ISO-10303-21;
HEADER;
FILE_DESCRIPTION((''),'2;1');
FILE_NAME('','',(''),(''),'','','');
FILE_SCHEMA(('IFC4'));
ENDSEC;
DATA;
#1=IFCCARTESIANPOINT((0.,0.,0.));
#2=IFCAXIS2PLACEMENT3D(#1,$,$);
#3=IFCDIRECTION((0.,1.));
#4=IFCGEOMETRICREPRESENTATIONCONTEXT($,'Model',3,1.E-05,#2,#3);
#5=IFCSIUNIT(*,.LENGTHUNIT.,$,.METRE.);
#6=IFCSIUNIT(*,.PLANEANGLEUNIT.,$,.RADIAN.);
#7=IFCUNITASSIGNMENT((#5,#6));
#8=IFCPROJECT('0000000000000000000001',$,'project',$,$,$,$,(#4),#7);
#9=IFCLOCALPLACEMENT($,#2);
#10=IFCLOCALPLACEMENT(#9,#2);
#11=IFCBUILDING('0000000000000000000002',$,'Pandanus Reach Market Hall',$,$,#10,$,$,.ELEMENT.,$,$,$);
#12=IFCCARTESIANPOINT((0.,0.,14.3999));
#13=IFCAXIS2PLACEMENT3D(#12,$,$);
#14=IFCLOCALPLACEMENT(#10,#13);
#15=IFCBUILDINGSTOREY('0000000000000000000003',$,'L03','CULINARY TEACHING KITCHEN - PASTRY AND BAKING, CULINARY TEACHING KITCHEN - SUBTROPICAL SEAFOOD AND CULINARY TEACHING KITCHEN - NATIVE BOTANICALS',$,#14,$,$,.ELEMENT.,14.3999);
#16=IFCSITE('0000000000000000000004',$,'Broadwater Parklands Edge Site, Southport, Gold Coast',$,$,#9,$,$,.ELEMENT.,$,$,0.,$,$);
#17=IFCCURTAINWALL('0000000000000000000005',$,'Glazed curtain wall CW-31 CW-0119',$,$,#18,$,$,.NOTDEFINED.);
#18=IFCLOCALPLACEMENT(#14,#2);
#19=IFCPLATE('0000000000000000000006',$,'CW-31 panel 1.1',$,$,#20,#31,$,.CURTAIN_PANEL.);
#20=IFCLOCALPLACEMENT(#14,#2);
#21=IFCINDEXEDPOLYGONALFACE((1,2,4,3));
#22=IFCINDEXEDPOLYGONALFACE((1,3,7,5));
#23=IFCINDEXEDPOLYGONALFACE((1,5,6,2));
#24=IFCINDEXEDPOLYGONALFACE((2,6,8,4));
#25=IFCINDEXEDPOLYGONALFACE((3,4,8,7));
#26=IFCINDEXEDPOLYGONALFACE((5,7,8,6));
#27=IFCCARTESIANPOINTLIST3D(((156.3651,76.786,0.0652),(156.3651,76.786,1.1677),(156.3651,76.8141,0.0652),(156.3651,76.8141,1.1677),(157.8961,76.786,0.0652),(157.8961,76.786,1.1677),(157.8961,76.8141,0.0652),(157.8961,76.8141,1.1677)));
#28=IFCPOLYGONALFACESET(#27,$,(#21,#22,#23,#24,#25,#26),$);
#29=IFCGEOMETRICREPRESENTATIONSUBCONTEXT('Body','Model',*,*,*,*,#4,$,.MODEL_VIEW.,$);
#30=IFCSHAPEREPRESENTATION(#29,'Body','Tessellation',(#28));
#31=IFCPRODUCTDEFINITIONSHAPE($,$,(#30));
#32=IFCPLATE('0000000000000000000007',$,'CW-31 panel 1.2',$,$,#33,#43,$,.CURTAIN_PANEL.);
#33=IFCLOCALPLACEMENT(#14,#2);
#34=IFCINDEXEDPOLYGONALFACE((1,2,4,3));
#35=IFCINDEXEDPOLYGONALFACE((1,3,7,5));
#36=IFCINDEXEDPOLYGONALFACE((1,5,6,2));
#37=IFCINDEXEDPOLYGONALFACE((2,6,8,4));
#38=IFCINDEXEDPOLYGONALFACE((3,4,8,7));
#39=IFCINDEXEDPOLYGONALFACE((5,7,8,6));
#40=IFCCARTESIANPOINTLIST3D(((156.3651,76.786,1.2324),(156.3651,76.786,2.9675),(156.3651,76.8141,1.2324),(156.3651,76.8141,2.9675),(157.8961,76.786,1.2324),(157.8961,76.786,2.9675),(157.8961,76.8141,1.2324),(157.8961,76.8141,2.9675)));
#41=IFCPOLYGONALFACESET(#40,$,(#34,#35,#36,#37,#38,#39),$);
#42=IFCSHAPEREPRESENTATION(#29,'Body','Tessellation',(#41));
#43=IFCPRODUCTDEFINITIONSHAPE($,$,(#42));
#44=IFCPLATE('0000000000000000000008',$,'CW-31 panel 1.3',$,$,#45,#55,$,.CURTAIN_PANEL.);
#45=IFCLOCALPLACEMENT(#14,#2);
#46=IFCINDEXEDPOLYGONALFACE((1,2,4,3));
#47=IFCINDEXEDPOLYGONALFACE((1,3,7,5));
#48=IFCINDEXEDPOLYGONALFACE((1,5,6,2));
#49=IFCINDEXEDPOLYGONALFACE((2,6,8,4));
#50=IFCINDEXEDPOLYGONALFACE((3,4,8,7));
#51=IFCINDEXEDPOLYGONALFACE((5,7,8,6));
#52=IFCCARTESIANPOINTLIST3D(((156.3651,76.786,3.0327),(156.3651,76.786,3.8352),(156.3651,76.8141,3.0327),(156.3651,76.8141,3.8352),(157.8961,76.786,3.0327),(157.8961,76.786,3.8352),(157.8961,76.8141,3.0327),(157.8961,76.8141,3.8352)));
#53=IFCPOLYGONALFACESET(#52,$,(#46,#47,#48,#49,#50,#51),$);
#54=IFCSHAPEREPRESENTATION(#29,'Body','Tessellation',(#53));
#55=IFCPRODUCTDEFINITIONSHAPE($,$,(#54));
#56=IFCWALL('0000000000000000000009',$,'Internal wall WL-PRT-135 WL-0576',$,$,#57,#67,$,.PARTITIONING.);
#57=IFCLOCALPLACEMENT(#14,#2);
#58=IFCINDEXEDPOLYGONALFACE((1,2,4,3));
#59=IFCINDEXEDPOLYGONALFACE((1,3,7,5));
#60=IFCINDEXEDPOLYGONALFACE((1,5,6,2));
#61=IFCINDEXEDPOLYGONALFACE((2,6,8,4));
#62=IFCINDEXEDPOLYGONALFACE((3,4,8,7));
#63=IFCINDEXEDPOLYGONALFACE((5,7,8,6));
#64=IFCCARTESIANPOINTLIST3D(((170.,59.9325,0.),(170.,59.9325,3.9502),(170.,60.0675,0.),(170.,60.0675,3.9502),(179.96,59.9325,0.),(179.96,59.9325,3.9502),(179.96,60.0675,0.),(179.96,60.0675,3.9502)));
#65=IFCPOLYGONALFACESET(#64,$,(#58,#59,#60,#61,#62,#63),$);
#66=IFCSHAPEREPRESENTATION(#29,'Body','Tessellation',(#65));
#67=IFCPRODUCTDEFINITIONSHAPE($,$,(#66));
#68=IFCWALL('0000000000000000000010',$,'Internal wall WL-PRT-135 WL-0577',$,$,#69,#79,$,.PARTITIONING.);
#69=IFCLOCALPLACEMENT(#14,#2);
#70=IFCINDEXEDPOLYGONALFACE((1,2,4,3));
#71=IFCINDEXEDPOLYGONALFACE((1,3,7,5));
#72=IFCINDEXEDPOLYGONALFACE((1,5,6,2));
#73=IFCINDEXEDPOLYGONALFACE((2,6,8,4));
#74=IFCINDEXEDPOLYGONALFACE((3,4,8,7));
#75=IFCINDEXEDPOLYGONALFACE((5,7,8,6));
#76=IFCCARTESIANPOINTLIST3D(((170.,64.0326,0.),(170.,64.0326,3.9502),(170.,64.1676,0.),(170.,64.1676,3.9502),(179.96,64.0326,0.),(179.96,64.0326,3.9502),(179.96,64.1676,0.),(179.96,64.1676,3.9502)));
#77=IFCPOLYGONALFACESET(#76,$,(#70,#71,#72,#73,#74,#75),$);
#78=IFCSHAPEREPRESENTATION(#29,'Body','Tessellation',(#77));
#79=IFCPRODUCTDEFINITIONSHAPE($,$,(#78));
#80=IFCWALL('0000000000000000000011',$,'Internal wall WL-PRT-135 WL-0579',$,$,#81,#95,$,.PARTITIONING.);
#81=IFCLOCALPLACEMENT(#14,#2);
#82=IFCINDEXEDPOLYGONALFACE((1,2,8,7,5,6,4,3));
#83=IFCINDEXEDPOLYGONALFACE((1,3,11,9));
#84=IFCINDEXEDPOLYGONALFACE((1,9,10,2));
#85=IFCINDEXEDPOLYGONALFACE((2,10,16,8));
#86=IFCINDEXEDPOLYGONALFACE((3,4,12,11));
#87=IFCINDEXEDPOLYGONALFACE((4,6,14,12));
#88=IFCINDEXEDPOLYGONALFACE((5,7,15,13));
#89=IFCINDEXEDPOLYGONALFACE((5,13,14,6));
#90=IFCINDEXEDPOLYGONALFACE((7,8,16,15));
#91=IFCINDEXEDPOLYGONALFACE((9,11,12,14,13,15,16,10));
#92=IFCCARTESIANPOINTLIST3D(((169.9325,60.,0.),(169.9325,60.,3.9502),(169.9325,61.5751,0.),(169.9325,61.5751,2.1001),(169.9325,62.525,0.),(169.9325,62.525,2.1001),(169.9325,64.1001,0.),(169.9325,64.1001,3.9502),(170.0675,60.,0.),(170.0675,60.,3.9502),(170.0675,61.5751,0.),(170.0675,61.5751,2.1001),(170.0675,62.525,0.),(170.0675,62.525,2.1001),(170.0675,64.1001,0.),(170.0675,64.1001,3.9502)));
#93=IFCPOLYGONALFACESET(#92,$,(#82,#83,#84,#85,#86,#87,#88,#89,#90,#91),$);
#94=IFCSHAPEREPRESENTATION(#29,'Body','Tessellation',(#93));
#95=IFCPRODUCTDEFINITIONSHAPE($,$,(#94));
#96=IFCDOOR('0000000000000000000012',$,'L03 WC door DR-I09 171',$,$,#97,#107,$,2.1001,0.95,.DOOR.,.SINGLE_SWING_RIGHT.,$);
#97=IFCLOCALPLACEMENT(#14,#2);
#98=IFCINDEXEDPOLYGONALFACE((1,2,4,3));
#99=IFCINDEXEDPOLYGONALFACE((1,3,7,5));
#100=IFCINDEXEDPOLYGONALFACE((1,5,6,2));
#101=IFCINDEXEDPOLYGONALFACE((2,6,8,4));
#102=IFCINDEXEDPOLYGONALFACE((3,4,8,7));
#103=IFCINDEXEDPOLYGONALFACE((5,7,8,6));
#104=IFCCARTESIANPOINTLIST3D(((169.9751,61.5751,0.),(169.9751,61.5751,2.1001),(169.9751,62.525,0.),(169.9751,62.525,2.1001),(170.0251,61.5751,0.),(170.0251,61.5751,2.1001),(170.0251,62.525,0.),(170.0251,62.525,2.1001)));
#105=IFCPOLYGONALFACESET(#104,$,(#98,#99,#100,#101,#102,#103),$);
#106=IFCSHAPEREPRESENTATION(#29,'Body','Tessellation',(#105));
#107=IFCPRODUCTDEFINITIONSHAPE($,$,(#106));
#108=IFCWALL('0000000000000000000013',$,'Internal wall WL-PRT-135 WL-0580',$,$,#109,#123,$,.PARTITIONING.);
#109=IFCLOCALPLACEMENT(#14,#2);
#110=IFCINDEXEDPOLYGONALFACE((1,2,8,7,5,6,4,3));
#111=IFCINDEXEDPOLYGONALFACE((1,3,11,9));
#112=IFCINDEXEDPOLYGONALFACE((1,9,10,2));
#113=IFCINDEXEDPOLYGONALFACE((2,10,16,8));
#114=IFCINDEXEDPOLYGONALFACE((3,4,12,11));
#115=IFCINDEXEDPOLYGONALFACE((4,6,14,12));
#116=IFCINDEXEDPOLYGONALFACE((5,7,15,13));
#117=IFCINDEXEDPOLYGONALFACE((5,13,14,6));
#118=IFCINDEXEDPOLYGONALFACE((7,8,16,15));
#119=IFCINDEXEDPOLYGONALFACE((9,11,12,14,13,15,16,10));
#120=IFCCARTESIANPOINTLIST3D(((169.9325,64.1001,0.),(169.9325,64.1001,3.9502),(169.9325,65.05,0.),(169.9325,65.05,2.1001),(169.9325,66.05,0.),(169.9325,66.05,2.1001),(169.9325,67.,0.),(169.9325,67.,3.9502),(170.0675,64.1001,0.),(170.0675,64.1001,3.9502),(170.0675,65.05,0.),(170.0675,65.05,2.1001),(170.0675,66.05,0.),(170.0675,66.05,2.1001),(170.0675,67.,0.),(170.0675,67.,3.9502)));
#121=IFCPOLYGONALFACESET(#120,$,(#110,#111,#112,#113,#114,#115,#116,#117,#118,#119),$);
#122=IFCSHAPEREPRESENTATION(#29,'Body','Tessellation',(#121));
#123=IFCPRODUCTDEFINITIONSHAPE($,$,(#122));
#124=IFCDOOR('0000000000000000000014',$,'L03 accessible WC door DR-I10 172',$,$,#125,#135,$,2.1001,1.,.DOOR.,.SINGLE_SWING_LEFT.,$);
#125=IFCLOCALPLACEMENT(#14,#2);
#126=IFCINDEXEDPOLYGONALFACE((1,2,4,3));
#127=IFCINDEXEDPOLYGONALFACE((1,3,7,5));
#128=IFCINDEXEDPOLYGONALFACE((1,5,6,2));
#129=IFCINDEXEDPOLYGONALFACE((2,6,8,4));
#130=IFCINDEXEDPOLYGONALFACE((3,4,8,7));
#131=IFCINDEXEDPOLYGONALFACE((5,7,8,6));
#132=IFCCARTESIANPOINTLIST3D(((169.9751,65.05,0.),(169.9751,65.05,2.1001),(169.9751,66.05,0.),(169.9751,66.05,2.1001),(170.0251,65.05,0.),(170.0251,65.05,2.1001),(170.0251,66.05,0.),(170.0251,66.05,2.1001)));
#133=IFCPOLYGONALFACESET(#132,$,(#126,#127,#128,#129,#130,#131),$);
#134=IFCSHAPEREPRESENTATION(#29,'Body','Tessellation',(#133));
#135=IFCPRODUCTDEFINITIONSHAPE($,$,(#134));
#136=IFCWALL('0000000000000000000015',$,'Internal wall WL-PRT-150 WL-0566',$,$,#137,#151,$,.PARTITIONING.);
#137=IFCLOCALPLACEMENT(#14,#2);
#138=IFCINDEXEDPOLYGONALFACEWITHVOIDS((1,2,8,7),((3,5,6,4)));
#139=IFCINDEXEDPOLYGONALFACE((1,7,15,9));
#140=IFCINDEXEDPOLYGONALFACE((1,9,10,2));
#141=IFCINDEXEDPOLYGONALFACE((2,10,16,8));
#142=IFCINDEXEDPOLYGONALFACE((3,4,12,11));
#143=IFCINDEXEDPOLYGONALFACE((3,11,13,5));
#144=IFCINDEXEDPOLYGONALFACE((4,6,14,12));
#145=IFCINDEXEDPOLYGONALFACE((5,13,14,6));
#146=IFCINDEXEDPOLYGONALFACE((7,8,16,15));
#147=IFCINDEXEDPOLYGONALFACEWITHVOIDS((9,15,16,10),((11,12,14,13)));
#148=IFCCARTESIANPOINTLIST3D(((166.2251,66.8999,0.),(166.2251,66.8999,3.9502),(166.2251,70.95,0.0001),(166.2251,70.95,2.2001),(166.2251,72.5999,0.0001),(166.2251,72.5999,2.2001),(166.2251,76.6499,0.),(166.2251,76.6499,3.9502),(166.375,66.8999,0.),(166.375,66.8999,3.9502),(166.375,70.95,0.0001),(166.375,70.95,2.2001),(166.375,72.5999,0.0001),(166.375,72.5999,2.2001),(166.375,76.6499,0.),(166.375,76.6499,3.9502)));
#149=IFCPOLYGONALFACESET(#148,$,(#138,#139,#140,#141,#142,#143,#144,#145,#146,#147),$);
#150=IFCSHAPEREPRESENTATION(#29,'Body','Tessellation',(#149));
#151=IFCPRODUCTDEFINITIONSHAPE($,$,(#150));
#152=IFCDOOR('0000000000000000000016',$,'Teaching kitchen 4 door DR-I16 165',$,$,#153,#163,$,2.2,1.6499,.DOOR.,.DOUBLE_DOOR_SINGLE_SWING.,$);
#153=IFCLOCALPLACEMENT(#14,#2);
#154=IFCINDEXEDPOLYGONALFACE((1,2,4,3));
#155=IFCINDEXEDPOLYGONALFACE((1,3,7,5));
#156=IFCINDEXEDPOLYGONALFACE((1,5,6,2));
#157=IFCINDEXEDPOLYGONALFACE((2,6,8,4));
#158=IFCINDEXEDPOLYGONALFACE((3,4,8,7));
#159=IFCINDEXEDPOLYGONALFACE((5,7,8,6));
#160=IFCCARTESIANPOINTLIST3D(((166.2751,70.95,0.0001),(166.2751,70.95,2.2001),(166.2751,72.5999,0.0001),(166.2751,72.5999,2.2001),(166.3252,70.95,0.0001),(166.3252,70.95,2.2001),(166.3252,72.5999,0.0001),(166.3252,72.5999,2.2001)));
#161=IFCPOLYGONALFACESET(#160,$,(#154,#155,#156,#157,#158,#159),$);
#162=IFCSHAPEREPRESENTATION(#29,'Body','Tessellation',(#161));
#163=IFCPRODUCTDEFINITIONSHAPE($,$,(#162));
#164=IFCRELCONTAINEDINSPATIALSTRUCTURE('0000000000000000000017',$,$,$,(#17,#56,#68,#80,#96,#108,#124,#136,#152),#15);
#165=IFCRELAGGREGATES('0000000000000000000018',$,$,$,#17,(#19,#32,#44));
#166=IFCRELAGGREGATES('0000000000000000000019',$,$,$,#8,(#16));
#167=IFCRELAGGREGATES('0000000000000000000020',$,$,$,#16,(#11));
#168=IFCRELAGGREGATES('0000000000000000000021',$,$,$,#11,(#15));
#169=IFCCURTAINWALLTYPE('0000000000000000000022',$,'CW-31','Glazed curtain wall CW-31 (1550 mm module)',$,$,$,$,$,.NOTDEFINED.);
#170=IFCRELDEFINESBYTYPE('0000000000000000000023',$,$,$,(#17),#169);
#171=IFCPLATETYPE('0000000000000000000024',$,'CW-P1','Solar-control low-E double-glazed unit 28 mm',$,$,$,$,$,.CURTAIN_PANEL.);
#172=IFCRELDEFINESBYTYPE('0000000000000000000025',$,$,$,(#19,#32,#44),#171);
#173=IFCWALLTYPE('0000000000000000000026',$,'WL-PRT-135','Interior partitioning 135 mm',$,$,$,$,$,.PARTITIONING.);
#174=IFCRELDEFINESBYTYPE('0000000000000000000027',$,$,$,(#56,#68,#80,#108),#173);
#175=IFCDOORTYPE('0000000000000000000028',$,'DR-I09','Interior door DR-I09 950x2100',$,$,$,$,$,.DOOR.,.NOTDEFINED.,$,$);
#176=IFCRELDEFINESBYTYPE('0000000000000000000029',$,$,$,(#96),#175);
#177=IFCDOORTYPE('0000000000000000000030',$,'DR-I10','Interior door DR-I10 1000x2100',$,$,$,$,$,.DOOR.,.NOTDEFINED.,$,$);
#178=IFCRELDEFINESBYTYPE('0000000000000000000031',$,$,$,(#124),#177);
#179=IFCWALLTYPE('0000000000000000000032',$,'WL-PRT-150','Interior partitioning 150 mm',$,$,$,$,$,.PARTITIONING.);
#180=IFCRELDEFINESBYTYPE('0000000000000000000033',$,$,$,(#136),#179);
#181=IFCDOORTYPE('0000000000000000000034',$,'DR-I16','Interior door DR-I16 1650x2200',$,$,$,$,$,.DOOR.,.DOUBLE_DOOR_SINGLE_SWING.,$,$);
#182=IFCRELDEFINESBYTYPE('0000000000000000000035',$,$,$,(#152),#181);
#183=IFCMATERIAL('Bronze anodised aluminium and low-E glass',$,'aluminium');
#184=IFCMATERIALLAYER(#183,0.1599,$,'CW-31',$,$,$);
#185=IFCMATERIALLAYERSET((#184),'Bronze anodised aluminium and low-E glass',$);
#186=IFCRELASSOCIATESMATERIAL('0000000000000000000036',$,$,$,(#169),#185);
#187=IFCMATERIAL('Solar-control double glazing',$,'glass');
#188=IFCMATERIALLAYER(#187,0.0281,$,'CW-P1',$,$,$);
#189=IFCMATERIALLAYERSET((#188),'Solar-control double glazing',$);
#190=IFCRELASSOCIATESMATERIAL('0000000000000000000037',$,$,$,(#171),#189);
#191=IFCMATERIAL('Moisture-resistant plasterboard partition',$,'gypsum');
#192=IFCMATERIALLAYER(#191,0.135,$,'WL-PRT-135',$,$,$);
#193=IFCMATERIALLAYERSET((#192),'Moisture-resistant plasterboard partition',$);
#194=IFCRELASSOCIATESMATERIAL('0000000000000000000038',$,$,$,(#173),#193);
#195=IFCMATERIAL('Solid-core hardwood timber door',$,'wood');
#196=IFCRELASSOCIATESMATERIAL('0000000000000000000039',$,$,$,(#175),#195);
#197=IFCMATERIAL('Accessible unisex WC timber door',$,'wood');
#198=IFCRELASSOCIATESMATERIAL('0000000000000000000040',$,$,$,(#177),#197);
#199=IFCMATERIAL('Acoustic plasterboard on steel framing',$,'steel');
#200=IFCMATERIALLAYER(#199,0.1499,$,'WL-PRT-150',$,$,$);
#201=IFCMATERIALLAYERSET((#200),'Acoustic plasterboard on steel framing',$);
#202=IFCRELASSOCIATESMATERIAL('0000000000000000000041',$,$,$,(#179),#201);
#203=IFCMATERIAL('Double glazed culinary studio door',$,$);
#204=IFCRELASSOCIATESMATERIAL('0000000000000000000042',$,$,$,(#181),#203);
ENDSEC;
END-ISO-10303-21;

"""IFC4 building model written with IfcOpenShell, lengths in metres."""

from ifc_helpers import new_model, si_unit, direction, frame, frame_2d, origin, origin_2d, place, context, subcontext, project, spatial, rectangle, extrude, material, layer, layer_set, type_object, element, fill, aggregate, save


model = new_model("IFC4")

# Units and contexts
model_context = context("Model", 3, precision=1e-05, world=origin(), true_north=direction((0.0, 1.0)))
body_context = subcontext(model_context, "Body", "Model", "MODEL_VIEW")
ifc_project = project(units=[si_unit("LENGTHUNIT", "METRE"), si_unit("PLANEANGLEUNIT", "RADIAN")], contexts=[model_context])

# Site, building, storey
site_placement = place(None, origin())
site = spatial("IfcSite", under=ifc_project, at=site_placement, Name="Broadwater Parklands Edge Site, Southport, Gold Coast", CompositionType="ELEMENT", RefElevation=0.0)
building_placement = place(site_placement, origin())
building = spatial("IfcBuilding", under=site, at=building_placement, Name="Pandanus Reach Market Hall", CompositionType="ELEMENT")
storey_placement = place(building_placement, frame((0.0, 0.0, 14.3999)))
storey = spatial("IfcBuildingStorey", under=building, at=storey_placement, Name="L03", Description="CULINARY TEACHING KITCHEN - PASTRY AND BAKING, CULINARY TEACHING KITCHEN - SUBTROPICAL SEAFOOD AND CULINARY TEACHING KITCHEN - NATIVE BOTANICALS", CompositionType="ELEMENT", Elevation=14.3999)

# Curtain wall
ifc_material_1 = material(Name="Bronze anodised aluminium and low-E glass", Category="aluminium")
ifc_layer_1 = layer(ifc_material_1, 0.1599, Name="CW-31")
ifc_layer_set_1 = layer_set([ifc_layer_1], Name="Bronze anodised aluminium and low-E glass")
curtain_wall_type = type_object("IfcCurtainWallType", Name="CW-31", Description="Glazed curtain wall CW-31 (1550 mm module)", PredefinedType="NOTDEFINED", material=ifc_layer_set_1)
curtain_wall_placement = place(storey_placement, origin())
curtain_wall = element("IfcCurtainWall", 1, at=curtain_wall_placement, inside=storey, type_object=curtain_wall_type, Name="Glazed curtain wall CW-31 CW-0119", PredefinedType="NOTDEFINED")

# Plates
ifc_material_2 = material(Name="Solar-control double glazing", Category="glass")
ifc_layer_2 = layer(ifc_material_2, 0.0281, Name="CW-P1")
ifc_layer_set_2 = layer_set([ifc_layer_2], Name="Solar-control double glazing")
plate_type = type_object("IfcPlateType", Name="CW-P1", Description="Solar-control low-E double-glazed unit 28 mm", PredefinedType="CURTAIN_PANEL", material=ifc_layer_set_2)
plate_1_placement = place(storey_placement, frame((157.1306, 76.8, 0.0652), z_axis=(0.0, 0.0, 1.0), x_axis=(1.0, 0.0, 0.0)))
plate_1 = element("IfcPlate", 2, at=plate_1_placement, type_object=plate_type, Name="CW-31 panel 1.1", PredefinedType="CURTAIN_PANEL", context=body_context, shape_type="SweptSolid", body=[
    extrude(rectangle(XDim=1.531, YDim=0.0281, at=origin_2d()), origin(), (0.0, 0.0, 1.0), 1.1025),
])
plate_2_placement = place(storey_placement, frame((157.1306, 76.8, 1.2324), z_axis=(0.0, 0.0, 1.0), x_axis=(1.0, 0.0, 0.0)))
plate_2 = element("IfcPlate", 3, at=plate_2_placement, type_object=plate_type, Name="CW-31 panel 1.2", PredefinedType="CURTAIN_PANEL", context=body_context, shape_type="SweptSolid", body=[
    extrude(rectangle(XDim=1.531, YDim=0.0281, at=origin_2d()), origin(), (0.0, 0.0, 1.0), 1.7351),
])
plate_3_placement = place(storey_placement, frame((157.1306, 76.8, 3.0327), z_axis=(0.0, 0.0, 1.0), x_axis=(1.0, 0.0, 0.0)))
plate_3 = element("IfcPlate", 4, at=plate_3_placement, type_object=plate_type, Name="CW-31 panel 1.3", PredefinedType="CURTAIN_PANEL", context=body_context, shape_type="SweptSolid", body=[
    extrude(rectangle(XDim=1.531, YDim=0.0281, at=origin_2d()), origin(), (0.0, 0.0, 1.0), 0.8025),
])
aggregate(curtain_wall, [plate_1, plate_2, plate_3])

# Walls
ifc_material_3 = material(Name="Moisture-resistant plasterboard partition", Category="gypsum")
ifc_layer_3 = layer(ifc_material_3, 0.135, Name="WL-PRT-135")
ifc_layer_set_3 = layer_set([ifc_layer_3], Name="Moisture-resistant plasterboard partition")
wall_type_1 = type_object("IfcWallType", Name="WL-PRT-135", Description="Interior partitioning 135 mm", PredefinedType="PARTITIONING", material=ifc_layer_set_3)
for number, where, z_axis, x_axis, name in (
    (5, (170.0, 60.0, 0.0), (0.0, 0.0, 1.0), (1.0, 0.0, 0.0), "Internal wall WL-PRT-135 WL-0576"),
    (6, (170.0, 64.1001, 0.0), (0.0, 0.0, 1.0), (1.0, 0.0, 0.0), "Internal wall WL-PRT-135 WL-0577"),
):
    element("IfcWall", number, at=place(storey_placement, frame(where, z_axis=z_axis, x_axis=x_axis)), inside=storey, type_object=wall_type_1, Name=name, PredefinedType="PARTITIONING", context=body_context, shape_type="SweptSolid", body=[
        extrude(rectangle(XDim=9.96, YDim=0.135, at=frame_2d((4.98, 0.0))), origin(), (0.0, 0.0, 1.0), 3.9502),
    ])

# Walls, openings, doors
wall_1_placement = place(storey_placement, frame((170.0, 60.0, 0.0), z_axis=(0.0, 0.0, 1.0), x_axis=(0.0, 1.0, 0.0)))
wall_1 = element("IfcWall", 7, at=wall_1_placement, inside=storey, type_object=wall_type_1, Name="Internal wall WL-PRT-135 WL-0579", PredefinedType="PARTITIONING", context=body_context, shape_type="SweptSolid", body=[
    extrude(rectangle(XDim=4.1001, YDim=0.135, at=frame_2d((2.05, 0.0))), origin(), (0.0, 0.0, 1.0), 3.9502),
])
opening_1_placement = place(wall_1_placement, frame((1.575, 0.0, 0.0)))
opening_1 = element("IfcOpeningElement", 8, at=opening_1_placement, cuts=wall_1, PredefinedType="OPENING", context=body_context, shape_type="SweptSolid", body=[
    extrude(rectangle(XDim=0.95, YDim=2.1001, at=frame_2d((0.4751, 1.05))), frame((0.0, 0.0825, 0.0), z_axis=(0.0, -1.0, 0.0), x_axis=(1.0, 0.0, 0.0)), (0.0, 0.0, 1.0), 0.165),
])
ifc_material_4 = material(Name="Solid-core hardwood timber door", Category="wood")
door_type_1 = type_object("IfcDoorType", Name="DR-I09", Description="Interior door DR-I09 950x2100", OperationType="NOTDEFINED", PredefinedType="DOOR", material=ifc_material_4)
door_1_placement = place(opening_1_placement, origin())
door_1 = element("IfcDoor", 9, at=door_1_placement, inside=storey, type_object=door_type_1, Name="L03 WC door DR-I09 171", OperationType="SINGLE_SWING_RIGHT", OverallHeight=2.1001, OverallWidth=0.95, PredefinedType="DOOR", context=body_context, shape_type="SweptSolid", body=[
    extrude(rectangle(XDim=0.95, YDim=2.1001, at=frame_2d((0.4751, 1.05))), frame((0.0, 0.0249, 0.0), z_axis=(0.0, -1.0, 0.0), x_axis=(1.0, 0.0, 0.0)), (0.0, 0.0, 1.0), 0.05),
])
fill(opening_1, door_1)
wall_2_placement = place(storey_placement, frame((170.0, 64.1001, 0.0), z_axis=(0.0, 0.0, 1.0), x_axis=(0.0, 1.0, 0.0)))
wall_2 = element("IfcWall", 10, at=wall_2_placement, inside=storey, type_object=wall_type_1, Name="Internal wall WL-PRT-135 WL-0580", PredefinedType="PARTITIONING", context=body_context, shape_type="SweptSolid", body=[
    extrude(rectangle(XDim=2.8999, YDim=0.135, at=frame_2d((1.45, 0.0))), origin(), (0.0, 0.0, 1.0), 3.9502),
])
opening_2_placement = place(wall_2_placement, frame((0.95, 0.0, 0.0)))
opening_2 = element("IfcOpeningElement", 11, at=opening_2_placement, cuts=wall_2, PredefinedType="OPENING", context=body_context, shape_type="SweptSolid", body=[
    extrude(rectangle(XDim=1.0, YDim=2.1001, at=frame_2d((0.5, 1.05))), frame((0.0, 0.0825, 0.0), z_axis=(0.0, -1.0, 0.0), x_axis=(1.0, 0.0, 0.0)), (0.0, 0.0, 1.0), 0.165),
])
ifc_material_5 = material(Name="Accessible unisex WC timber door", Category="wood")
door_type_2 = type_object("IfcDoorType", Name="DR-I10", Description="Interior door DR-I10 1000x2100", OperationType="NOTDEFINED", PredefinedType="DOOR", material=ifc_material_5)
door_2_placement = place(opening_2_placement, origin())
door_2 = element("IfcDoor", 12, at=door_2_placement, inside=storey, type_object=door_type_2, Name="L03 accessible WC door DR-I10 172", OperationType="SINGLE_SWING_LEFT", OverallHeight=2.1001, OverallWidth=1.0, PredefinedType="DOOR", context=body_context, shape_type="SweptSolid", body=[
    extrude(rectangle(XDim=1.0, YDim=2.1001, at=frame_2d((0.5, 1.05))), frame((0.0, 0.0249, 0.0), z_axis=(0.0, -1.0, 0.0), x_axis=(1.0, 0.0, 0.0)), (0.0, 0.0, 1.0), 0.05),
])
fill(opening_2, door_2)
ifc_material_6 = material(Name="Acoustic plasterboard on steel framing", Category="steel")
ifc_layer_4 = layer(ifc_material_6, 0.1499, Name="WL-PRT-150")
ifc_layer_set_4 = layer_set([ifc_layer_4], Name="Acoustic plasterboard on steel framing")
wall_type_2 = type_object("IfcWallType", Name="WL-PRT-150", Description="Interior partitioning 150 mm", PredefinedType="PARTITIONING", material=ifc_layer_set_4)
wall_3_placement = place(storey_placement, frame((166.3, 66.8999, 0.0), z_axis=(0.0, 0.0, 1.0), x_axis=(0.0, 1.0, 0.0)))
wall_3 = element("IfcWall", 13, at=wall_3_placement, inside=storey, type_object=wall_type_2, Name="Internal wall WL-PRT-150 WL-0566", PredefinedType="PARTITIONING", context=body_context, shape_type="SweptSolid", body=[
    extrude(rectangle(XDim=9.75, YDim=0.1499, at=frame_2d((4.875, 0.0))), origin(), (0.0, 0.0, 1.0), 3.9502),
])
opening_3_placement = place(wall_3_placement, frame((4.05, 0.0, 0.0)))
opening_3 = element("IfcOpeningElement", 14, at=opening_3_placement, cuts=wall_3, PredefinedType="OPENING", context=body_context, shape_type="SweptSolid", body=[
    extrude(rectangle(XDim=1.6499, YDim=2.2, at=frame_2d((0.825, 1.1001))), frame((0.0, 0.0898, 0.0), z_axis=(0.0, -1.0, 0.0), x_axis=(1.0, 0.0, 0.0)), (0.0, 0.0, 1.0), 0.1799),
])
ifc_material_7 = material(Name="Double glazed culinary studio door")
door_type_3 = type_object("IfcDoorType", Name="DR-I16", Description="Interior door DR-I16 1650x2200", OperationType="DOUBLE_DOOR_SINGLE_SWING", PredefinedType="DOOR", material=ifc_material_7)
door_3_placement = place(opening_3_placement, origin())
door_3 = element("IfcDoor", 15, at=door_3_placement, inside=storey, type_object=door_type_3, Name="Teaching kitchen 4 door DR-I16 165", OperationType="DOUBLE_DOOR_SINGLE_SWING", OverallHeight=2.2, OverallWidth=1.6499, PredefinedType="DOOR", context=body_context, shape_type="SweptSolid", body=[
    extrude(rectangle(XDim=1.6499, YDim=2.2, at=frame_2d((0.825, 1.1001))), frame((0.0, 0.0249, 0.0), z_axis=(0.0, -1.0, 0.0), x_axis=(1.0, 0.0, 0.0)), (0.0, 0.0, 1.0), 0.05),
])
fill(opening_3, door_3)

save(model, "model.ifc")
